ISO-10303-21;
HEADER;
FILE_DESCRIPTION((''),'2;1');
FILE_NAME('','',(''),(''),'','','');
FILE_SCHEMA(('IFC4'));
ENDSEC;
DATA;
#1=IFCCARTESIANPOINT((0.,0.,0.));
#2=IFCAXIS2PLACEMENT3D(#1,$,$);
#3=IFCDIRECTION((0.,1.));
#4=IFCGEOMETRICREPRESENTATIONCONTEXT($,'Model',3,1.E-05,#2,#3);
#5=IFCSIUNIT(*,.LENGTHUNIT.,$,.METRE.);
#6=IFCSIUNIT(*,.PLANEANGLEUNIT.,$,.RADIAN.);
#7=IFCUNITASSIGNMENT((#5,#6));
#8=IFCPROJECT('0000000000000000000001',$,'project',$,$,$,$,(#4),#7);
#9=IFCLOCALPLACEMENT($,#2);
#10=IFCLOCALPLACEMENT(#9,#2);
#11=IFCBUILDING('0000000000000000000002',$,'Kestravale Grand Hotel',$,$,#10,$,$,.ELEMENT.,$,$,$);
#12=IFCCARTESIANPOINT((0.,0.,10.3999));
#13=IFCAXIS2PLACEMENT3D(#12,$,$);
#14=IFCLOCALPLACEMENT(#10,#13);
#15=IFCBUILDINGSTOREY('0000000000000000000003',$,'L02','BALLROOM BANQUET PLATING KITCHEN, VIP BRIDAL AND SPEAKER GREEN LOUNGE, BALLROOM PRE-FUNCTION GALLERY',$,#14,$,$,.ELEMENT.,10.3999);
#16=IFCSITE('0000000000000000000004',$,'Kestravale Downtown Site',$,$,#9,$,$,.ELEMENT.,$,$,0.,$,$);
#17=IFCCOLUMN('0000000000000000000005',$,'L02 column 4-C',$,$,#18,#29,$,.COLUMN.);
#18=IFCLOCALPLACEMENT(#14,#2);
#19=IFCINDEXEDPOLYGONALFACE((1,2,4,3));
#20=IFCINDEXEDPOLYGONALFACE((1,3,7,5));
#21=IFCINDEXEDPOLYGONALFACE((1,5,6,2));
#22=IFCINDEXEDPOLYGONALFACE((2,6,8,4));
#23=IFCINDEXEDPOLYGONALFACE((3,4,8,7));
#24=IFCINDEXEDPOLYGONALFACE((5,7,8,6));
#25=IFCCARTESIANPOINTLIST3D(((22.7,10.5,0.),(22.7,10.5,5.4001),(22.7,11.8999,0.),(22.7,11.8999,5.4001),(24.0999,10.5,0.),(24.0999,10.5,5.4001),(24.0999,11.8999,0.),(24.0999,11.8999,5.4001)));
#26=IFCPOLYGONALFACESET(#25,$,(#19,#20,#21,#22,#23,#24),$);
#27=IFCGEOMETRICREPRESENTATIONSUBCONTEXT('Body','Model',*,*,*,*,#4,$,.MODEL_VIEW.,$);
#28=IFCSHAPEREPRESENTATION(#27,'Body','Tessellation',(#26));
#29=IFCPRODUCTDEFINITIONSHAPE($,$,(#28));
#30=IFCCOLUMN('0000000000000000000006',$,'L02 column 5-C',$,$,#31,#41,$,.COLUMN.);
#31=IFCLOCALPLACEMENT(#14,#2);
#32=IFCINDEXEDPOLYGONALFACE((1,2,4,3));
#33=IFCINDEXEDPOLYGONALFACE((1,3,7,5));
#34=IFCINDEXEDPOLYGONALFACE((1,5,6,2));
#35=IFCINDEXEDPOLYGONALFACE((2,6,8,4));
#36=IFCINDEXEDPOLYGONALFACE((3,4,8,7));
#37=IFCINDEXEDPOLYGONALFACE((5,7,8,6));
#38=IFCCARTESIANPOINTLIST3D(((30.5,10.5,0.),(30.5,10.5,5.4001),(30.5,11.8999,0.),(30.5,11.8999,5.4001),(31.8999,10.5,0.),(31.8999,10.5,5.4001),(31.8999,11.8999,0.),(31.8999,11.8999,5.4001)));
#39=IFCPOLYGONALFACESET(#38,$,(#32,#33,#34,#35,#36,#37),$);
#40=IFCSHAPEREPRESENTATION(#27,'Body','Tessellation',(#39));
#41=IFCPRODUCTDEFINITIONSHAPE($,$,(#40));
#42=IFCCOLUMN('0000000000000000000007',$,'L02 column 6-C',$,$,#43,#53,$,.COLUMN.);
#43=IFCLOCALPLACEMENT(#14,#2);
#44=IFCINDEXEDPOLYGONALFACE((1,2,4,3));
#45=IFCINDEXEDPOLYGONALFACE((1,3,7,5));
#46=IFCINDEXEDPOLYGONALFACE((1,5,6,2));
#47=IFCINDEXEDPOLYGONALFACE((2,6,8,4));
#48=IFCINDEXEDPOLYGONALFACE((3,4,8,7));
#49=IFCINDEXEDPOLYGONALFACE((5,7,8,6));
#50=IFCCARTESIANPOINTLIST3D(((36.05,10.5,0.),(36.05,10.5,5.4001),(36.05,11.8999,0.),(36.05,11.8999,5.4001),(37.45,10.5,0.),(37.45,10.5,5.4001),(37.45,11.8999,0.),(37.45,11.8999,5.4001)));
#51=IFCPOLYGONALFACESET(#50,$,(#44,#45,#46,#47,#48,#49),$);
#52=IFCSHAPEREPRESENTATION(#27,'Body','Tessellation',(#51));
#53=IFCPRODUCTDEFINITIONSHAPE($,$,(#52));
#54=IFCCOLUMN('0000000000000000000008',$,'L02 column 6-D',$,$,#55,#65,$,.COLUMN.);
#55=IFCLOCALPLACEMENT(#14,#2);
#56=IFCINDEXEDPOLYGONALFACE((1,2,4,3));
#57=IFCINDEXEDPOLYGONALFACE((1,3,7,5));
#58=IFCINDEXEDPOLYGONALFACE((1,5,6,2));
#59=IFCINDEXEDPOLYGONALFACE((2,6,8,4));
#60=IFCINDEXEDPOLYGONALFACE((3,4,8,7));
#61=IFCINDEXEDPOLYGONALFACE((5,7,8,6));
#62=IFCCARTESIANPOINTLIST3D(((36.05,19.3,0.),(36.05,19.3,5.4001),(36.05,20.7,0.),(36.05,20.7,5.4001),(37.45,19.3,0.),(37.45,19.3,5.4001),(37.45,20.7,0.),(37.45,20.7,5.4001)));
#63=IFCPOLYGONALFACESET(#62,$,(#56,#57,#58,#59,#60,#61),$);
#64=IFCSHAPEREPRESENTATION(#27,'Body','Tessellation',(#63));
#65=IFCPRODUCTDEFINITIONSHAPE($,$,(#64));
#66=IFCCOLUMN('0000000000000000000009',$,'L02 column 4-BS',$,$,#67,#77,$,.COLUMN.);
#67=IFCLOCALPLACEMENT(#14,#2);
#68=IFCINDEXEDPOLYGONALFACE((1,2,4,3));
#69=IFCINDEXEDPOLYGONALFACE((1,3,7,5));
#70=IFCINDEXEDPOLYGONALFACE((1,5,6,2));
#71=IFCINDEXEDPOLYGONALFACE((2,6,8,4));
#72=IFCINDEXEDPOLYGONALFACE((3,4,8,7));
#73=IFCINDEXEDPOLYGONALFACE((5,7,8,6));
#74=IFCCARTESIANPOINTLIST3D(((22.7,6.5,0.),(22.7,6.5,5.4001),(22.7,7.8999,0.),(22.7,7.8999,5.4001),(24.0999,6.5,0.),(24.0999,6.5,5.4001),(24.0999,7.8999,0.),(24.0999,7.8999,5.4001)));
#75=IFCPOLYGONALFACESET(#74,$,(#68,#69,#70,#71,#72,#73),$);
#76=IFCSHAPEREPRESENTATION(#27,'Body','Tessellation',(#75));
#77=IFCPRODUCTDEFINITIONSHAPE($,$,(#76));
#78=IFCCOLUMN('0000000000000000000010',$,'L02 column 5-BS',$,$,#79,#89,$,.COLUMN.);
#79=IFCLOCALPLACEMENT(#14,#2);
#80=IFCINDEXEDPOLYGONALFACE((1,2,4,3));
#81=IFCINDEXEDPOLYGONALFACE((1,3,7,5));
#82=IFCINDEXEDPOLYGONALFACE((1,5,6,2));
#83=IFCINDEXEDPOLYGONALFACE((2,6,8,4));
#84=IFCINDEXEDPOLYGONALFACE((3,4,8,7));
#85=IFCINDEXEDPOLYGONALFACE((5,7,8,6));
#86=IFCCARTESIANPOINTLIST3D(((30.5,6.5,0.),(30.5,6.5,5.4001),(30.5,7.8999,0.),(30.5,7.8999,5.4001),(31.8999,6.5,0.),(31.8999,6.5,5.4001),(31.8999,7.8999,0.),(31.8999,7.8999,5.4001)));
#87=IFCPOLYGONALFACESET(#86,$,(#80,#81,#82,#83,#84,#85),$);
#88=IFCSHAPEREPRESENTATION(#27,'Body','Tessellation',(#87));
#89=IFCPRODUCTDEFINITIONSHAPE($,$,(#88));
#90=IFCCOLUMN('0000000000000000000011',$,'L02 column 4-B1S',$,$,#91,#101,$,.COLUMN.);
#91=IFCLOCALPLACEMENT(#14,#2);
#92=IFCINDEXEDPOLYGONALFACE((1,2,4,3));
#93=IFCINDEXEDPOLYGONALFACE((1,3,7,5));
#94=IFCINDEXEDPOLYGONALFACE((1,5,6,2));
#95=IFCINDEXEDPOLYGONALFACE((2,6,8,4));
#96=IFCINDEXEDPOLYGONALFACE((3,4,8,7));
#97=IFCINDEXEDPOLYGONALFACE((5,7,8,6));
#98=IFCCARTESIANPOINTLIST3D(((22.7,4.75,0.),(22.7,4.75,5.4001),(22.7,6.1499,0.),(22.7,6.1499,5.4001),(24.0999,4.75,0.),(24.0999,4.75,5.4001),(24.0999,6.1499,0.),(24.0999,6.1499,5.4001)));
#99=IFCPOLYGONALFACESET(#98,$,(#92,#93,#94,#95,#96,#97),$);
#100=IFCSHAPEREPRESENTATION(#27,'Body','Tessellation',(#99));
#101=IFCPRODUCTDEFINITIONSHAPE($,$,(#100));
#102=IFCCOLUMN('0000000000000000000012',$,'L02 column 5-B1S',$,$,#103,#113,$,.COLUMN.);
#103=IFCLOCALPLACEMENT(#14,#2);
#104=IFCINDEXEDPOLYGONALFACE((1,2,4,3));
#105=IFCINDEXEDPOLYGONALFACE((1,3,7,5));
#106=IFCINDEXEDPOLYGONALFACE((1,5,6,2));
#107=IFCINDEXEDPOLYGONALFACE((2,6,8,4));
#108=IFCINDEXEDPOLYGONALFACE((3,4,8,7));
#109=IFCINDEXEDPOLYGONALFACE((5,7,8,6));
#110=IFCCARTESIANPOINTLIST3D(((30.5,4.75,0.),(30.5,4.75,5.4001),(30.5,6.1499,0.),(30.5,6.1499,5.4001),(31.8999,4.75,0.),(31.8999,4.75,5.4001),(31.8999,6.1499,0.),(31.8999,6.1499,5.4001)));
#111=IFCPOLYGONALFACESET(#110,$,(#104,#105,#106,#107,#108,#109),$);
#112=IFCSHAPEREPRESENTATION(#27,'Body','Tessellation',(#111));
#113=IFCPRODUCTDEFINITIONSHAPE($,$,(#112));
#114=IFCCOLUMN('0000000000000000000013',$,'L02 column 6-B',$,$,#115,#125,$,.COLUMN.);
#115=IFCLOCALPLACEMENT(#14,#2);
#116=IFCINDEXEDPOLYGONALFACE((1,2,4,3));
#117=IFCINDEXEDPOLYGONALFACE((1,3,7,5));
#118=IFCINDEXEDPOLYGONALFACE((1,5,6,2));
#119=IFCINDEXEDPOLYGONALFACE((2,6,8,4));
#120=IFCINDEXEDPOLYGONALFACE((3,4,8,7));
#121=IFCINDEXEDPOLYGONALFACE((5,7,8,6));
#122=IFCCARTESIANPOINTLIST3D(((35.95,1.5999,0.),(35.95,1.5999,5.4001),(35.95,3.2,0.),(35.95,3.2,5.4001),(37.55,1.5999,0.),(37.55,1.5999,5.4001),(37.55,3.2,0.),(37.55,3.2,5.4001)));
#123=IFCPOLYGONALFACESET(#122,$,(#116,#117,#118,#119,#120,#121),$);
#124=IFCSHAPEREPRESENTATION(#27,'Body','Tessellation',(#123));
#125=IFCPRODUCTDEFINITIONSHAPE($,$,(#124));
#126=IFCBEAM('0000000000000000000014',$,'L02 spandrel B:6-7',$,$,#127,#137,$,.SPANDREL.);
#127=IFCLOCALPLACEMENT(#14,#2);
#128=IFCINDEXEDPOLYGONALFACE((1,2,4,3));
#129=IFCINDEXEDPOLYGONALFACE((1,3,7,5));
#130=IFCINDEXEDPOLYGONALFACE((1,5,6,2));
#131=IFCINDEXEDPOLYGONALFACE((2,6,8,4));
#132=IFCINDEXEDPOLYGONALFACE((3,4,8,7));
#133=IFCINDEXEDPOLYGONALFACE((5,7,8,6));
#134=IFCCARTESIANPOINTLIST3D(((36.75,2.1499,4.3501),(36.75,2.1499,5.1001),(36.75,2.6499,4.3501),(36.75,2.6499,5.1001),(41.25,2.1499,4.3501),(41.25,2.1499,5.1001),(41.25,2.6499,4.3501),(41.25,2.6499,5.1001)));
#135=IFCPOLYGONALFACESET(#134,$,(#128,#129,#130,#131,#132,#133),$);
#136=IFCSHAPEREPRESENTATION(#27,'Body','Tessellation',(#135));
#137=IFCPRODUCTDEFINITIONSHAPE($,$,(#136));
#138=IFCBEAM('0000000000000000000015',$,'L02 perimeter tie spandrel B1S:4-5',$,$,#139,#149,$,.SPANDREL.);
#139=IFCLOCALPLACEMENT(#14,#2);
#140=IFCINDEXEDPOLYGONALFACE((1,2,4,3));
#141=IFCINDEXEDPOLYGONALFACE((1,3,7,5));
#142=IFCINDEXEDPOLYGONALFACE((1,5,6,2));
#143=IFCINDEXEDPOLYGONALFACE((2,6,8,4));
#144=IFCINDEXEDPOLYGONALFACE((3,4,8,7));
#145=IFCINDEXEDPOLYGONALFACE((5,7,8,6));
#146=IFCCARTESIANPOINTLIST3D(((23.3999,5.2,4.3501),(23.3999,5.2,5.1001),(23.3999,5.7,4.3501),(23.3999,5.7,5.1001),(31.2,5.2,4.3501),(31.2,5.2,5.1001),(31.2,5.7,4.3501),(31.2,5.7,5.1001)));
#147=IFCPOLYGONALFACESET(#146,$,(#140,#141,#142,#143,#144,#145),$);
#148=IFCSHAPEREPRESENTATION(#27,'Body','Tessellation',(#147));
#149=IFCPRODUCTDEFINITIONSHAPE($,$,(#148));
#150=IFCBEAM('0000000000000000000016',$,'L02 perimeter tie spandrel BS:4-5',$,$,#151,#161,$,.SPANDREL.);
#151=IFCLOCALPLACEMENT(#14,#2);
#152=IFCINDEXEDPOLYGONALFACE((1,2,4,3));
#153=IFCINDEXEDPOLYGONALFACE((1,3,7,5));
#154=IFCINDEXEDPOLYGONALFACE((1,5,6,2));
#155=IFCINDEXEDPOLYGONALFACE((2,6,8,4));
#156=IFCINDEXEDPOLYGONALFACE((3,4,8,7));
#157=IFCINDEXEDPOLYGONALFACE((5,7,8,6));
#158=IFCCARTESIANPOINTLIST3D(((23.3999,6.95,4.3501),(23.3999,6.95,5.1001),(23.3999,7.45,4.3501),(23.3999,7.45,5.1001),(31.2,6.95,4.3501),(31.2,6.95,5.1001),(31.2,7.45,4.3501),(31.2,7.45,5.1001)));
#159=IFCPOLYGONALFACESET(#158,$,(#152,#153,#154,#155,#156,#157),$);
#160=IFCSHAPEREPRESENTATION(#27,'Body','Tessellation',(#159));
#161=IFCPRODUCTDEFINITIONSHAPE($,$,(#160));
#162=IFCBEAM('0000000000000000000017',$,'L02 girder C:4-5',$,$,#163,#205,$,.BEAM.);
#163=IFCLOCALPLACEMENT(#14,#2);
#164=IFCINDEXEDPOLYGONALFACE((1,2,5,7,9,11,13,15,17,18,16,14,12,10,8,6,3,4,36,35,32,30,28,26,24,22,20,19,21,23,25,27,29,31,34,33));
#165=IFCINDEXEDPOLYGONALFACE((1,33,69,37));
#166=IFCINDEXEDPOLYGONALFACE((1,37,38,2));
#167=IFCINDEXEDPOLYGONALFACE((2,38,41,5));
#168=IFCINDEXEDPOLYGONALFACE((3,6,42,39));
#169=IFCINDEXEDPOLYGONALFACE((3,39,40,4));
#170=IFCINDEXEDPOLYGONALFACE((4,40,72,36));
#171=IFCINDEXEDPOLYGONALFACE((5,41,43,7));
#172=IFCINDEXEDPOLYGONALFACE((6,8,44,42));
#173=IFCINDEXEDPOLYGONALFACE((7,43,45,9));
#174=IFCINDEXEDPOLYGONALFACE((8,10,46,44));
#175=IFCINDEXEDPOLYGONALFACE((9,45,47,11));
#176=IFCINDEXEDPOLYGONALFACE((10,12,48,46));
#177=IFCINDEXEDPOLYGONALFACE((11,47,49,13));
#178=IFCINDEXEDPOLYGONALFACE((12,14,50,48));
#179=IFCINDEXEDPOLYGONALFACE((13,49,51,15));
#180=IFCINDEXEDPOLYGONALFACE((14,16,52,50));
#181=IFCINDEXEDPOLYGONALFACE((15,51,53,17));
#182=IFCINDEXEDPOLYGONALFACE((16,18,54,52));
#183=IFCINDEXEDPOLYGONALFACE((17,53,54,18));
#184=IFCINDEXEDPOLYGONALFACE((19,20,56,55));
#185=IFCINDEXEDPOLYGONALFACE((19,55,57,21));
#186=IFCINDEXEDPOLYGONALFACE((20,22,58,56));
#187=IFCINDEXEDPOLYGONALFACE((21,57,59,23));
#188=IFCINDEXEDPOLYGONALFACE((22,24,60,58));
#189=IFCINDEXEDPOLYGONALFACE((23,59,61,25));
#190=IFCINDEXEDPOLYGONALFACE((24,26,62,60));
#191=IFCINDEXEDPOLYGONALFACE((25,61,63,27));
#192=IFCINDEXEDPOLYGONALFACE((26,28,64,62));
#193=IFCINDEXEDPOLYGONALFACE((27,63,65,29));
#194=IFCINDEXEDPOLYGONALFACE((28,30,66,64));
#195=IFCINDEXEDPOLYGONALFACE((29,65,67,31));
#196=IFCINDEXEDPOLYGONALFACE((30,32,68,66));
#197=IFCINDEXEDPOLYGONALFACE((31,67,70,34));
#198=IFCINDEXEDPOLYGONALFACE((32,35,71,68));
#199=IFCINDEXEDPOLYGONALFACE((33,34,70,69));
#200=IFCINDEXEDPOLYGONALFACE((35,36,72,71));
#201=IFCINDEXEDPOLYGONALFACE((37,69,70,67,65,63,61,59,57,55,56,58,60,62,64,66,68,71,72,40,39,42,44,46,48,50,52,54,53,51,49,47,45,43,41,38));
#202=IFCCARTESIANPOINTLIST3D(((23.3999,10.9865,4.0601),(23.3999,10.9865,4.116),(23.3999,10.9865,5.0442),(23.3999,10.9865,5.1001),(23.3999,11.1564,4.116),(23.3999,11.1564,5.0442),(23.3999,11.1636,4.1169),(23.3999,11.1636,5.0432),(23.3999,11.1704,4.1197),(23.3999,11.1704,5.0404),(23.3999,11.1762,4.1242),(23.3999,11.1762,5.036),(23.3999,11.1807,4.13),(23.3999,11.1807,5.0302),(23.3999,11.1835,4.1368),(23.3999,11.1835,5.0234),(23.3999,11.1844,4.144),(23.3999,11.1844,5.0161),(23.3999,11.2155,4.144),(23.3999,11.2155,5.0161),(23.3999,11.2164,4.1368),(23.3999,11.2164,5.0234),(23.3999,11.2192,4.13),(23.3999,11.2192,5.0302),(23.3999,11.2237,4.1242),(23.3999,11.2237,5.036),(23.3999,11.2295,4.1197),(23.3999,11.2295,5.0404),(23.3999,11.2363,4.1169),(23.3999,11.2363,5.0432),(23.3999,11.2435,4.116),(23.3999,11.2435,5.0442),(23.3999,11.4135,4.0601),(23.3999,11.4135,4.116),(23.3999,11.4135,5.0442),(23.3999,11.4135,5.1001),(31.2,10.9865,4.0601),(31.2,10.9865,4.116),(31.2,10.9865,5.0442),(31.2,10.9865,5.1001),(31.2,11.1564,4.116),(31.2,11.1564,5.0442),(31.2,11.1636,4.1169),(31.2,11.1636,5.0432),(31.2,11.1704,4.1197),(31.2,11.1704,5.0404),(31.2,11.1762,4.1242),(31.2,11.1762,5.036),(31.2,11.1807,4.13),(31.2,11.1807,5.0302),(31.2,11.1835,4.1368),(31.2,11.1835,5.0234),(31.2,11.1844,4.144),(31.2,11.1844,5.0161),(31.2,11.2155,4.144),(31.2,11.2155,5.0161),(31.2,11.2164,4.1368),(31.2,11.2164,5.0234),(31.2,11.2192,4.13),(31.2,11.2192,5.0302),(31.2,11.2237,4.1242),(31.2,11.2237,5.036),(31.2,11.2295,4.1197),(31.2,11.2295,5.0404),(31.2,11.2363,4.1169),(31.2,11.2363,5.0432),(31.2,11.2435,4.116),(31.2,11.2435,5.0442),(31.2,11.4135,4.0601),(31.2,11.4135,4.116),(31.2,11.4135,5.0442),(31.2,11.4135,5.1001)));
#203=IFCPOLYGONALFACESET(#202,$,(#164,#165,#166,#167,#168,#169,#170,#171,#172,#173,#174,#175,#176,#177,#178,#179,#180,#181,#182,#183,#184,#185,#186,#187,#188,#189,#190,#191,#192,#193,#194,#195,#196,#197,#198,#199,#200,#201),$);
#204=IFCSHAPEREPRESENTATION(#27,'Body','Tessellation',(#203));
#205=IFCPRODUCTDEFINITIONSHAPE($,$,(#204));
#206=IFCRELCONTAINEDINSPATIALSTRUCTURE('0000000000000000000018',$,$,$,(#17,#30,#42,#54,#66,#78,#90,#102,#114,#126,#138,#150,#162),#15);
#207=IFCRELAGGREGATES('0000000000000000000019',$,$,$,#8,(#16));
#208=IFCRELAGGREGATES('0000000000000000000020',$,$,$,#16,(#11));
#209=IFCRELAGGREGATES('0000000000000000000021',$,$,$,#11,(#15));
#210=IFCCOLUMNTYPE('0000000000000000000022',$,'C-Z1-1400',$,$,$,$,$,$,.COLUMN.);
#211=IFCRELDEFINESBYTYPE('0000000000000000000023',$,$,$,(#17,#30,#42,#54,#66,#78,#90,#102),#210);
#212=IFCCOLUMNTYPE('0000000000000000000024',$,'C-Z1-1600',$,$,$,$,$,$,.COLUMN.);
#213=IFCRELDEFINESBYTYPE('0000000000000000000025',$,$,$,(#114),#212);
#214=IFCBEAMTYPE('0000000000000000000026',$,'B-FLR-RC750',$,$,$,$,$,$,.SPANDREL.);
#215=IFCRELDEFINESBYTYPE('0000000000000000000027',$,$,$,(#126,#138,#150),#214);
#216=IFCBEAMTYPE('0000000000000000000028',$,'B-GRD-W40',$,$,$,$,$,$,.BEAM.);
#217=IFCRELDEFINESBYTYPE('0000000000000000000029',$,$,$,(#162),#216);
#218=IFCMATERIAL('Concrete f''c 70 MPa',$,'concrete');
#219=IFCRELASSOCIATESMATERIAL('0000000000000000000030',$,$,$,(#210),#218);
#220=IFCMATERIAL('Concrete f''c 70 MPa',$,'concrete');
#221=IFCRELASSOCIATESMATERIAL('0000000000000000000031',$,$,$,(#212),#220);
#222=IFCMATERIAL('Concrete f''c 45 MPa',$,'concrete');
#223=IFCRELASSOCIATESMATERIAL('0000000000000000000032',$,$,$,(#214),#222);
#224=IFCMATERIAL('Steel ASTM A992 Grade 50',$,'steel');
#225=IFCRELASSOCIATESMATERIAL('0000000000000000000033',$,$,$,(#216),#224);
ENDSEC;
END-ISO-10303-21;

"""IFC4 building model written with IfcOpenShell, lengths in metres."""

from ifc_helpers import new_model, si_unit, direction, frame, origin, origin_2d, place, context, subcontext, project, spatial, rectangle, i_section, extrude, material, material_profile, profile_set, type_object, element, save


model = new_model("IFC4")

# Units and contexts
model_context = context("Model", 3, precision=1e-05, world=origin(), true_north=direction((0.0, 1.0)))
body_context = subcontext(model_context, "Body", "Model", "MODEL_VIEW")
ifc_project = project(units=[si_unit("LENGTHUNIT", "METRE"), si_unit("PLANEANGLEUNIT", "RADIAN")], contexts=[model_context])

# Site, building, storey
site_placement = place(None, origin())
site = spatial("IfcSite", under=ifc_project, at=site_placement, Name="Kestravale Downtown Site", CompositionType="ELEMENT", RefElevation=0.0)
building_placement = place(site_placement, origin())
building = spatial("IfcBuilding", under=site, at=building_placement, Name="Kestravale Grand Hotel", CompositionType="ELEMENT")
storey_placement = place(building_placement, frame((0.0, 0.0, 10.3999)))
storey = spatial("IfcBuildingStorey", under=building, at=storey_placement, Name="L02", Description="BALLROOM BANQUET PLATING KITCHEN, VIP BRIDAL AND SPEAKER GREEN LOUNGE, BALLROOM PRE-FUNCTION GALLERY", CompositionType="ELEMENT", Elevation=10.3999)

# Columns
ifc_material_1 = material(Name="Concrete f'c 70 MPa", Category="concrete")
ifc_material_profile_1 = material_profile(ifc_material_1, rectangle(XDim=1.3999, YDim=1.3999, at=origin_2d()))
ifc_profile_set_1 = profile_set([ifc_material_profile_1], Name="Concrete f'c 70 MPa")
column_type_1 = type_object("IfcColumnType", Name="C-Z1-1400", PredefinedType="COLUMN", material=ifc_profile_set_1)
for number, where, z_axis, x_axis, name in (
    (1, (23.3999, 11.2, 0.0), (0.0, 0.0, 1.0), (1.0, 0.0, 0.0), "L02 column 4-C"),
    (2, (31.2, 11.2, 0.0), (0.0, 0.0, 1.0), (1.0, 0.0, 0.0), "L02 column 5-C"),
    (3, (36.75, 11.2, 0.0), (0.0, 0.0, 1.0), (1.0, 0.0, 0.0), "L02 column 6-C"),
    (4, (36.75, 20.0, 0.0), (0.0, 0.0, 1.0), (1.0, 0.0, 0.0), "L02 column 6-D"),
    (5, (23.3999, 7.2, 0.0), (0.0, 0.0, 1.0), (1.0, 0.0, 0.0), "L02 column 4-BS"),
    (6, (31.2, 7.2, 0.0), (0.0, 0.0, 1.0), (1.0, 0.0, 0.0), "L02 column 5-BS"),
    (7, (23.3999, 5.45, 0.0), (0.0, 0.0, 1.0), (1.0, 0.0, 0.0), "L02 column 4-B1S"),
    (8, (31.2, 5.45, 0.0), (0.0, 0.0, 1.0), (1.0, 0.0, 0.0), "L02 column 5-B1S"),
):
    element("IfcColumn", number, at=place(storey_placement, frame(where, z_axis=z_axis, x_axis=x_axis)), inside=storey, type_object=column_type_1, Name=name, PredefinedType="COLUMN", context=body_context, shape_type="SweptSolid", body=[
        extrude(rectangle(XDim=1.3999, YDim=1.3999, at=origin_2d()), origin(), (0.0, 0.0, 1.0), 5.4001),
    ])
ifc_material_2 = material(Name="Concrete f'c 70 MPa", Category="concrete")
ifc_material_profile_2 = material_profile(ifc_material_2, rectangle(XDim=1.6001, YDim=1.6001, at=origin_2d()))
ifc_profile_set_2 = profile_set([ifc_material_profile_2], Name="Concrete f'c 70 MPa")
column_type_2 = type_object("IfcColumnType", Name="C-Z1-1600", PredefinedType="COLUMN", material=ifc_profile_set_2)
column_placement = place(storey_placement, frame((36.75, 2.3999, 0.0), z_axis=(0.0, 0.0, 1.0), x_axis=(1.0, 0.0, 0.0)))
element("IfcColumn", 9, at=column_placement, inside=storey, type_object=column_type_2, Name="L02 column 6-B", PredefinedType="COLUMN", context=body_context, shape_type="SweptSolid", body=[
    extrude(rectangle(XDim=1.6001, YDim=1.6001, at=origin_2d()), origin(), (0.0, 0.0, 1.0), 5.4001),
])

# Beams
ifc_material_3 = material(Name="Concrete f'c 45 MPa", Category="concrete")
ifc_material_profile_3 = material_profile(ifc_material_3, rectangle(XDim=0.5, YDim=0.75, at=origin_2d()))
ifc_profile_set_3 = profile_set([ifc_material_profile_3], Name="Concrete f'c 45 MPa")
beam_type_1 = type_object("IfcBeamType", Name="B-FLR-RC750", PredefinedType="SPANDREL", material=ifc_profile_set_3)
beam_1_placement = place(storey_placement, frame((36.75, 2.3999, 4.7251), z_axis=(1.0, 0.0, 0.0), x_axis=(0.0, 1.0, 0.0)))
element("IfcBeam", 10, at=beam_1_placement, inside=storey, type_object=beam_type_1, Name="L02 spandrel B:6-7", PredefinedType="SPANDREL", context=body_context, shape_type="SweptSolid", body=[
    extrude(rectangle(XDim=0.5, YDim=0.75, at=origin_2d()), origin(), (0.0, 0.0, 1.0), 4.5),
])
for number, where, z_axis, x_axis, name in (
    (11, (23.3999, 5.45, 4.7251), (1.0, 0.0, 0.0), (0.0, 1.0, 0.0), "L02 perimeter tie spandrel B1S:4-5"),
    (12, (23.3999, 7.2, 4.7251), (1.0, 0.0, 0.0), (0.0, 1.0, 0.0), "L02 perimeter tie spandrel BS:4-5"),
):
    element("IfcBeam", number, at=place(storey_placement, frame(where, z_axis=z_axis, x_axis=x_axis)), inside=storey, type_object=beam_type_1, Name=name, PredefinedType="SPANDREL", context=body_context, shape_type="SweptSolid", body=[
        extrude(rectangle(XDim=0.5, YDim=0.75, at=origin_2d()), origin(), (0.0, 0.0, 1.0), 7.8),
    ])
ifc_material_4 = material(Name="Steel ASTM A992 Grade 50", Category="steel")
ifc_material_profile_4 = material_profile(ifc_material_4, i_section(OverallWidth=0.427, OverallDepth=1.04, WebThickness=0.031, FlangeThickness=0.0559, FilletRadius=0.0281, at=origin_2d()))
ifc_profile_set_4 = profile_set([ifc_material_profile_4], Name="Steel ASTM A992 Grade 50")
beam_type_2 = type_object("IfcBeamType", Name="B-GRD-W40", PredefinedType="BEAM", material=ifc_profile_set_4)
beam_2_placement = place(storey_placement, frame((23.3999, 11.2, 4.5801), z_axis=(1.0, 0.0, 0.0), x_axis=(0.0, 1.0, 0.0)))
element("IfcBeam", 13, at=beam_2_placement, inside=storey, type_object=beam_type_2, Name="L02 girder C:4-5", PredefinedType="BEAM", context=body_context, shape_type="SweptSolid", body=[
    extrude(i_section(OverallWidth=0.427, OverallDepth=1.04, WebThickness=0.031, FlangeThickness=0.0559, FilletRadius=0.0281, at=origin_2d()), origin(), (0.0, 0.0, 1.0), 7.8),
])

save(model, "model.ifc")
